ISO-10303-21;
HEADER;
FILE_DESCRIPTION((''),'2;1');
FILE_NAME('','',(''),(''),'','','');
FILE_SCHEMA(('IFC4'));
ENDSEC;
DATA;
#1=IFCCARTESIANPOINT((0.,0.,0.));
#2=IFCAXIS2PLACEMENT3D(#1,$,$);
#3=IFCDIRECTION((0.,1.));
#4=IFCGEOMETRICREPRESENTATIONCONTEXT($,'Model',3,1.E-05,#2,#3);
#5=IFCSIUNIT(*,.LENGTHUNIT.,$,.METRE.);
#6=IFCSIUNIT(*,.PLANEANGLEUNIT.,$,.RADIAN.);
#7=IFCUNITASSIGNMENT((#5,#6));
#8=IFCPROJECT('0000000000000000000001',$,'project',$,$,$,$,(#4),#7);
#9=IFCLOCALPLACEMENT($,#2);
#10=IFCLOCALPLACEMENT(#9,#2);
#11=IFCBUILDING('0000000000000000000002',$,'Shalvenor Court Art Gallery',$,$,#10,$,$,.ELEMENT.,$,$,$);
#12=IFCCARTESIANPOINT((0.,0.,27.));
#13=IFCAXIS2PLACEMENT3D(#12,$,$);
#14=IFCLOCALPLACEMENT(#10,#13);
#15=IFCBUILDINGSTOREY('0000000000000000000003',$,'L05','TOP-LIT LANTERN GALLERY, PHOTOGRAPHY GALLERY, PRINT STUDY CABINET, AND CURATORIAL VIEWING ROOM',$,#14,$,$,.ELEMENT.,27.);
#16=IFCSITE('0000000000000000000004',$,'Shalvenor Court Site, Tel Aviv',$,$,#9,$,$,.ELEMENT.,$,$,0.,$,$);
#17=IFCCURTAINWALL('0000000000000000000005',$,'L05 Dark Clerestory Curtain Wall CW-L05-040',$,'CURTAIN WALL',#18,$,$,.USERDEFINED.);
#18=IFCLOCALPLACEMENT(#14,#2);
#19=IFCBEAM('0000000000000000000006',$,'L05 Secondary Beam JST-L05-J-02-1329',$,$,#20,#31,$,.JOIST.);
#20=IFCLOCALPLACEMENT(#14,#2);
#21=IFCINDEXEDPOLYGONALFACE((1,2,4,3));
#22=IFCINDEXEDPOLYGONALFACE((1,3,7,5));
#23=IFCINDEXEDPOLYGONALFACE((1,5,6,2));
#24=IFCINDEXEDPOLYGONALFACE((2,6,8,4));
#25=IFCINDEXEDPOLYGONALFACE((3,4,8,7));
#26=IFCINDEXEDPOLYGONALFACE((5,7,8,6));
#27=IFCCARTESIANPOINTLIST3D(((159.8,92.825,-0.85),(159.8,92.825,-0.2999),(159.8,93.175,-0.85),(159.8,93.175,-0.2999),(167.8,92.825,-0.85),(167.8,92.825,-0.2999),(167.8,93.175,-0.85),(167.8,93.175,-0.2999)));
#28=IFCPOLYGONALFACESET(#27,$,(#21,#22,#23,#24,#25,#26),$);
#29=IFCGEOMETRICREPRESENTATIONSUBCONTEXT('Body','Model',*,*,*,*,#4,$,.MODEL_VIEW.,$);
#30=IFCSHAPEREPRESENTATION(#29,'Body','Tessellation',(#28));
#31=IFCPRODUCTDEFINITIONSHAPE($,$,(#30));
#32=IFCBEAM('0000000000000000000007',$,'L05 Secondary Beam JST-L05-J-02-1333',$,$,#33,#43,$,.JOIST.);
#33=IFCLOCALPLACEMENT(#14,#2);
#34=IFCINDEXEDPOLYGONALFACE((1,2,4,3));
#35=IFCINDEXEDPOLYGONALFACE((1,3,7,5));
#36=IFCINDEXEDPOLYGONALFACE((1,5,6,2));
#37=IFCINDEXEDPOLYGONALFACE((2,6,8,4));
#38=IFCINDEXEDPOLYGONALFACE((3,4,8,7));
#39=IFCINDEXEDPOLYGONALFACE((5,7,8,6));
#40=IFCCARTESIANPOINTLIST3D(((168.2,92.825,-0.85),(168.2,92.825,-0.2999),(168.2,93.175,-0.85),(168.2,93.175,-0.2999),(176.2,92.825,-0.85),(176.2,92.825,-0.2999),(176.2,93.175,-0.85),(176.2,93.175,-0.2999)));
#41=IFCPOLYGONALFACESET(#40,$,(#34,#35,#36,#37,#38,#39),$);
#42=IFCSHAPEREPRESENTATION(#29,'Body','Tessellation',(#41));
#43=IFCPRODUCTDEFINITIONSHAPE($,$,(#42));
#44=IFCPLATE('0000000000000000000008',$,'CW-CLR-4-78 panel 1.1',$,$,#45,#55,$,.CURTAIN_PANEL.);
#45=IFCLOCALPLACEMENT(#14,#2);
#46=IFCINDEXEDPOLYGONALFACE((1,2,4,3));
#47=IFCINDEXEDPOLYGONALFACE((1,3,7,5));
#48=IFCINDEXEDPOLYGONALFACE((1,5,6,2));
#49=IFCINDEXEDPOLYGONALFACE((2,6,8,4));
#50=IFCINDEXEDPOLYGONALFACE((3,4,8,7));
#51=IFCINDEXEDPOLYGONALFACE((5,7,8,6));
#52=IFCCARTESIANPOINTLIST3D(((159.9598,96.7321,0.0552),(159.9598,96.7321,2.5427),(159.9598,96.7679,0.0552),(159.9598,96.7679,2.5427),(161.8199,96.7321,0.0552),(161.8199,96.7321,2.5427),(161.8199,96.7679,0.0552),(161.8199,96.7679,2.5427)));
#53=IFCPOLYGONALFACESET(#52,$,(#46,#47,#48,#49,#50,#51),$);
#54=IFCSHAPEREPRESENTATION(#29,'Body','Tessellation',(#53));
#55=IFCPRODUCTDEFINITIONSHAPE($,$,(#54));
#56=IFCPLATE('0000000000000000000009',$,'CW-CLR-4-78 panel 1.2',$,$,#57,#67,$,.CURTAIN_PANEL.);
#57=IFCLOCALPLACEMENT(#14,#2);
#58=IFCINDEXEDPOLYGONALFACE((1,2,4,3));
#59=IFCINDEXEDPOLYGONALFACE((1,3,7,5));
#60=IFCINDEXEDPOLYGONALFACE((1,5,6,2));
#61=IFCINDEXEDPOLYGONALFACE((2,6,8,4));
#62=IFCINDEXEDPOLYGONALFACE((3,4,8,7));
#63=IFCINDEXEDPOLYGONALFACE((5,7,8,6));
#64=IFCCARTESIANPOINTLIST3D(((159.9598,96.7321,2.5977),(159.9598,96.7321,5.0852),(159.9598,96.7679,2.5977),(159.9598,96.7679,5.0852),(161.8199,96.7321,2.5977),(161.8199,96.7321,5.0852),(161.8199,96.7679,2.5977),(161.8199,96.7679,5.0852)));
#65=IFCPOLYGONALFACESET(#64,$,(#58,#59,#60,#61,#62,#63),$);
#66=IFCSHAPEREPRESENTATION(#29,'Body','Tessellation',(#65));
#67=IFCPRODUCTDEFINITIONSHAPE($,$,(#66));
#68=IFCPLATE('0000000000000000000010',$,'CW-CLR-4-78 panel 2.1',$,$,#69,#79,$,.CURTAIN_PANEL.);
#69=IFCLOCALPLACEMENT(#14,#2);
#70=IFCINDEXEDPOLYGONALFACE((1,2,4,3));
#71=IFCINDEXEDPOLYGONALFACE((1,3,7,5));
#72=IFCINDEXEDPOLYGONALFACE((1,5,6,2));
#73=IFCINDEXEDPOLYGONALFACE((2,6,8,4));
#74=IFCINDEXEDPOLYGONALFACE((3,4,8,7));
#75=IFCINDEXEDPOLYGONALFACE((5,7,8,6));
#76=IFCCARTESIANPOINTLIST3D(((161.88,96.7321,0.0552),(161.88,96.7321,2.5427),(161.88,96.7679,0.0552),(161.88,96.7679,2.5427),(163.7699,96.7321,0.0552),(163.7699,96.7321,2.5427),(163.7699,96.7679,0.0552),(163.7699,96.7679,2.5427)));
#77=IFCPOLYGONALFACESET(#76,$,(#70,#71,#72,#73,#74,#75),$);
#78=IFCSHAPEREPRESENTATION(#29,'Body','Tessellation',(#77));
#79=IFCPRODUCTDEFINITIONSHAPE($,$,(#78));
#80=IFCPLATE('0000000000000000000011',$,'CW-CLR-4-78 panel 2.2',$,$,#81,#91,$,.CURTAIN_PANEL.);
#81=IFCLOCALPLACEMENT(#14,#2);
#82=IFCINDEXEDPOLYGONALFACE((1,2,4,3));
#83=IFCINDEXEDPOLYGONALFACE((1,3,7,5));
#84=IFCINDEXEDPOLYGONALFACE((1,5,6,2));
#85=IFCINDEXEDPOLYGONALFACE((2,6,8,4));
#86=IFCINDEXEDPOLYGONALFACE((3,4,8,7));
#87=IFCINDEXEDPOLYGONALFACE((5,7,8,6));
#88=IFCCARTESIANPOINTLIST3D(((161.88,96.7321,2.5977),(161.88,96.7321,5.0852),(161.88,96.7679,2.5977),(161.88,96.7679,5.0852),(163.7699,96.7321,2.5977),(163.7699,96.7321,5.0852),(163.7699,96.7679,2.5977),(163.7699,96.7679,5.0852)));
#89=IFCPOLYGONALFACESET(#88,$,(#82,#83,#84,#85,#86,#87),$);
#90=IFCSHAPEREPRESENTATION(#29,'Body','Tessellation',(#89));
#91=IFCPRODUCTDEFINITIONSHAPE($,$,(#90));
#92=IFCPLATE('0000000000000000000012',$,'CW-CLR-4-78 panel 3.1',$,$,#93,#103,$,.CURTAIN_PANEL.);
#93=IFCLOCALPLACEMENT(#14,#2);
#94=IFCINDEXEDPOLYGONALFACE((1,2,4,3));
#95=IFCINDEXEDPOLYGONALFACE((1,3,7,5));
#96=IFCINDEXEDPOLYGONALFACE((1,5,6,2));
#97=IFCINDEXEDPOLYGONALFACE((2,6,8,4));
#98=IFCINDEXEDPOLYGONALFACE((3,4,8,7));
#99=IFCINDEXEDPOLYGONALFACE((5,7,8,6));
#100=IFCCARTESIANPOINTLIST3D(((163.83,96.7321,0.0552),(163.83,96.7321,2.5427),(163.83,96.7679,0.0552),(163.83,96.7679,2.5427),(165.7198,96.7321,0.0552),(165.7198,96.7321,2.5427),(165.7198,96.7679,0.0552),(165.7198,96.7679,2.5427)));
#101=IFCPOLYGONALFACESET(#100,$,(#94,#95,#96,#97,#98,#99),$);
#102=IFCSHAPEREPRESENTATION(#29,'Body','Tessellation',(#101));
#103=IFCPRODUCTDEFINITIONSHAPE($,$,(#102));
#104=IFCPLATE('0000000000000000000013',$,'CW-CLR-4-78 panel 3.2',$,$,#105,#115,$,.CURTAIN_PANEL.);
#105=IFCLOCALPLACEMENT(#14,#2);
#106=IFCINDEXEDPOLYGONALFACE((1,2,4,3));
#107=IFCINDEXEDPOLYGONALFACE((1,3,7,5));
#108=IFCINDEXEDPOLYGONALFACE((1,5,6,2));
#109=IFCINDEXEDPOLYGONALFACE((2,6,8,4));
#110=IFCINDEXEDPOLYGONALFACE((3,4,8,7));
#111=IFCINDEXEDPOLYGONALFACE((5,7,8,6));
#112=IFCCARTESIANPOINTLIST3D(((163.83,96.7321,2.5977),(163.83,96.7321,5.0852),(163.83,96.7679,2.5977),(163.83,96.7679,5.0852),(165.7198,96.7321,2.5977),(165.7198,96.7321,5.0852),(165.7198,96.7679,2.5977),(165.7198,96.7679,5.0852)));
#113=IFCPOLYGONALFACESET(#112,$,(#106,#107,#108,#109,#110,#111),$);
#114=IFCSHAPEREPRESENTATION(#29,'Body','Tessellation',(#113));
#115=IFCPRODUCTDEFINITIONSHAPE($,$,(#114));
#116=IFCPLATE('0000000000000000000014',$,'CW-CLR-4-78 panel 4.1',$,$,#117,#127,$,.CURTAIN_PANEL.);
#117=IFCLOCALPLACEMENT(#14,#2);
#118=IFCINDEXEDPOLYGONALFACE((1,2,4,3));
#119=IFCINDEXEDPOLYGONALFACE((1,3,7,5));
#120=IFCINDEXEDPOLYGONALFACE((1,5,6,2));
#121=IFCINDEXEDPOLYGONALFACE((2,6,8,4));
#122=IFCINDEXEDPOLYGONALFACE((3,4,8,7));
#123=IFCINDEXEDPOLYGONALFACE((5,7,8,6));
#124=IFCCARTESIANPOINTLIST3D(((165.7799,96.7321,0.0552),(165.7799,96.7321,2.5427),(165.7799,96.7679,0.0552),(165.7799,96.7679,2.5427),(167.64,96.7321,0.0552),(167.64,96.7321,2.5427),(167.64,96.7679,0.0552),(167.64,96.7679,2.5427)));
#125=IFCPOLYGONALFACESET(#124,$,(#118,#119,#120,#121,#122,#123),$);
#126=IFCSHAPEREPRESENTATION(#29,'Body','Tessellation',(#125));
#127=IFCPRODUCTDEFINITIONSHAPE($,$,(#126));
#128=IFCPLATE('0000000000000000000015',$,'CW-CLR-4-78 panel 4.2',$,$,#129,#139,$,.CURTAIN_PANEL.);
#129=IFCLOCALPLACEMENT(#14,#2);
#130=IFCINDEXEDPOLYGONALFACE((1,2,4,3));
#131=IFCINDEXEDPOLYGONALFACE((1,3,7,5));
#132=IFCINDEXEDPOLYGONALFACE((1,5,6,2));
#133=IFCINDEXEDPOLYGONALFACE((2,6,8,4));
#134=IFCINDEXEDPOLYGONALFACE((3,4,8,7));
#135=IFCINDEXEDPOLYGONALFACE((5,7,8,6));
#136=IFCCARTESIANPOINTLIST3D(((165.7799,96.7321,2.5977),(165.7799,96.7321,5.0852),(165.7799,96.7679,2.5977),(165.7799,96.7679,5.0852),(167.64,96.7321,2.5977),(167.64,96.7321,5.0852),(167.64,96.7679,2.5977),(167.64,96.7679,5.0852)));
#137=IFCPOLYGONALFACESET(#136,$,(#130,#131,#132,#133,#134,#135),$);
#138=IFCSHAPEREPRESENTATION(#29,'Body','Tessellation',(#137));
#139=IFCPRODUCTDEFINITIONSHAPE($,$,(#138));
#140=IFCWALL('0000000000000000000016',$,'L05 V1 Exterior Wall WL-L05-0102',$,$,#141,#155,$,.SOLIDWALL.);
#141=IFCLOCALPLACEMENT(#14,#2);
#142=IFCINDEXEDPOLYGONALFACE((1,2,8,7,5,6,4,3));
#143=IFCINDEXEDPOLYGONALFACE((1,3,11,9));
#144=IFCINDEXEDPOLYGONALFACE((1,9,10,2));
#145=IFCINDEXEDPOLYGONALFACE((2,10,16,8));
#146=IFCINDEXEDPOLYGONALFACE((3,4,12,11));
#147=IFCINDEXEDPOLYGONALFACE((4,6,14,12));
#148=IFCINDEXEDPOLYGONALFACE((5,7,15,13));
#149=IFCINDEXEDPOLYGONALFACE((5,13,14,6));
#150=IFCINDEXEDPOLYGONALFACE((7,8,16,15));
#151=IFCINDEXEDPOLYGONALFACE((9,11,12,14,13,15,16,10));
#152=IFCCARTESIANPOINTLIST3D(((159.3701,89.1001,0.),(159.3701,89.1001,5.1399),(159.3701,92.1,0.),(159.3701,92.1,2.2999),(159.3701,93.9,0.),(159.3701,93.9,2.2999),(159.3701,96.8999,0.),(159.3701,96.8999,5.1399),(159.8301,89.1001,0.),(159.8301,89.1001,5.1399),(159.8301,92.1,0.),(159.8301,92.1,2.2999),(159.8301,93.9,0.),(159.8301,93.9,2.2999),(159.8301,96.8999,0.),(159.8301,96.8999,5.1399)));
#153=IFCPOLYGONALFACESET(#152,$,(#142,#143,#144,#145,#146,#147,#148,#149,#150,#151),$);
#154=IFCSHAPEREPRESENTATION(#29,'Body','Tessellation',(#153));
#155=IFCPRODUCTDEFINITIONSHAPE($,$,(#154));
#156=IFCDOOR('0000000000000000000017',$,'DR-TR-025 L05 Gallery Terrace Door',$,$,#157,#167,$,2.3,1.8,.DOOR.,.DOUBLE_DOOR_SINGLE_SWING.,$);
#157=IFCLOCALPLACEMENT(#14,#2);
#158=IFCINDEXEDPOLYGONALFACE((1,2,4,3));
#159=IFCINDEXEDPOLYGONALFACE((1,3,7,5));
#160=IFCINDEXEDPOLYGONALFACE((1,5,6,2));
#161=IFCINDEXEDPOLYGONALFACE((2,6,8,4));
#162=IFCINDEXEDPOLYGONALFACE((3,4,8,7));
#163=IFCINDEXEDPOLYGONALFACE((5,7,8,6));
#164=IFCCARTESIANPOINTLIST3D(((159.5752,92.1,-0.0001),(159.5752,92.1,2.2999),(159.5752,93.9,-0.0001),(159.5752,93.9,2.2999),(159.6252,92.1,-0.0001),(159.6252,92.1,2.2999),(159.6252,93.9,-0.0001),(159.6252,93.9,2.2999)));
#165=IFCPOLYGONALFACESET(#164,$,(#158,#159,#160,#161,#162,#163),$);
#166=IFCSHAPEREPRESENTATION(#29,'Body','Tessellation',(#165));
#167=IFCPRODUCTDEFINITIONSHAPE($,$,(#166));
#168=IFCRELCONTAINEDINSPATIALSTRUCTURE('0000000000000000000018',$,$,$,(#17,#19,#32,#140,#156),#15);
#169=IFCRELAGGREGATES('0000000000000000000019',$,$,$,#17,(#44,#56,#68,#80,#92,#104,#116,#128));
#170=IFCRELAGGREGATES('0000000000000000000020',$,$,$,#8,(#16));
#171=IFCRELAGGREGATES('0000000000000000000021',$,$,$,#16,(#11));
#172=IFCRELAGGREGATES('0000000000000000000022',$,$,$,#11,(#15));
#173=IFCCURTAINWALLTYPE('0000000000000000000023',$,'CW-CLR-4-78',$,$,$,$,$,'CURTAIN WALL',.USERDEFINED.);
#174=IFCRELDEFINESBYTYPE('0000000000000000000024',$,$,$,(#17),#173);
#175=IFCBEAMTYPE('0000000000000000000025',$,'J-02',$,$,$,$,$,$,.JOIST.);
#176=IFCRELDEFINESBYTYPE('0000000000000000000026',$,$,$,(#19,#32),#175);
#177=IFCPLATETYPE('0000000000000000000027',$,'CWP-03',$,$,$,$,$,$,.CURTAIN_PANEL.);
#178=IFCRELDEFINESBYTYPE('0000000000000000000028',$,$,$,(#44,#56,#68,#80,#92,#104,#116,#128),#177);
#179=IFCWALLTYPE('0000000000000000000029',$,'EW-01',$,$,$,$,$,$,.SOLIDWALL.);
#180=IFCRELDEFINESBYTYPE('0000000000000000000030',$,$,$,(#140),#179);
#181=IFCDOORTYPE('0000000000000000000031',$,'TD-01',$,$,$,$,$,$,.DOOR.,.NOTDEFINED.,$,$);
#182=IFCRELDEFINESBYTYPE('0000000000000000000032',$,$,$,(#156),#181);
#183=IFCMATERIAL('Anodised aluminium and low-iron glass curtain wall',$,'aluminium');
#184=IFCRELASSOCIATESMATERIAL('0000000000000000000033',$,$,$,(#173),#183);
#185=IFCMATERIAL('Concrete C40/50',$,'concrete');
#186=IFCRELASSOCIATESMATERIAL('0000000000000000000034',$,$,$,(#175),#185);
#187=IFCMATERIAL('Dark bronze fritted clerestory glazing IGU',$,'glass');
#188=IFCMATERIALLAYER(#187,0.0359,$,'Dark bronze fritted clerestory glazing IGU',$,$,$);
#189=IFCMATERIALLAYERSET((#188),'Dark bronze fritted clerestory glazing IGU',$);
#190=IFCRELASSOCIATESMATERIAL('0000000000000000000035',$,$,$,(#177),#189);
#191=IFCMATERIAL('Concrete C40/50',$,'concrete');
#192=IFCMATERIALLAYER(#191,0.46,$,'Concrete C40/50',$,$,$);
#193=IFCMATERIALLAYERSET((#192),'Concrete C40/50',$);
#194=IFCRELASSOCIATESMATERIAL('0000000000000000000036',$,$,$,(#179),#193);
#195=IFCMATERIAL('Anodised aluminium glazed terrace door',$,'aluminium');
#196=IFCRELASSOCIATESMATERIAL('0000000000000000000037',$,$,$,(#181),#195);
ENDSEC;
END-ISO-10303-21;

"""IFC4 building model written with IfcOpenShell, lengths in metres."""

from ifc_helpers import new_model, si_unit, direction, frame, frame_2d, origin, origin_2d, place, context, subcontext, project, spatial, rectangle, extrude, material, layer, layer_set, material_profile, profile_set, type_object, element, fill, aggregate, save


model = new_model("IFC4")

# Units and contexts
model_context = context("Model", 3, precision=1e-05, world=origin(), true_north=direction((0.0, 1.0)))
body_context = subcontext(model_context, "Body", "Model", "MODEL_VIEW")
ifc_project = project(units=[si_unit("LENGTHUNIT", "METRE"), si_unit("PLANEANGLEUNIT", "RADIAN")], contexts=[model_context])

# Site, building, storey
site_placement = place(None, origin())
site = spatial("IfcSite", under=ifc_project, at=site_placement, Name="Shalvenor Court Site, Tel Aviv", CompositionType="ELEMENT", RefElevation=0.0)
building_placement = place(site_placement, origin())
building = spatial("IfcBuilding", under=site, at=building_placement, Name="Shalvenor Court Art Gallery", CompositionType="ELEMENT")
storey_placement = place(building_placement, frame((0.0, 0.0, 27.0)))
storey = spatial("IfcBuildingStorey", under=building, at=storey_placement, Name="L05", Description="TOP-LIT LANTERN GALLERY, PHOTOGRAPHY GALLERY, PRINT STUDY CABINET, AND CURATORIAL VIEWING ROOM", CompositionType="ELEMENT", Elevation=27.0)

# Curtain wall
ifc_material_1 = material(Name="Anodised aluminium and low-iron glass curtain wall", Category="aluminium")
curtain_wall_type = type_object("IfcCurtainWallType", Name="CW-CLR-4-78", ElementType="CURTAIN WALL", PredefinedType="USERDEFINED", material=ifc_material_1)
curtain_wall_placement = place(storey_placement, origin())
curtain_wall = element("IfcCurtainWall", 1, at=curtain_wall_placement, inside=storey, type_object=curtain_wall_type, Name="L05 Dark Clerestory Curtain Wall CW-L05-040", ObjectType="CURTAIN WALL", PredefinedType="USERDEFINED")

# Beams
ifc_material_2 = material(Name="Concrete C40/50", Category="concrete")
ifc_material_profile_1 = material_profile(ifc_material_2, rectangle(XDim=0.3501, YDim=0.55, at=origin_2d()), Name="RC 350x550")
ifc_profile_set_1 = profile_set([ifc_material_profile_1], Name="Concrete C40/50")
beam_type_1 = type_object("IfcBeamType", Name="J-02", PredefinedType="JOIST", material=ifc_profile_set_1)
for number, where, z_axis, x_axis, name in (
    (2, (159.8, 93.0, -0.575), (1.0, 0.0, 0.0), (0.0, 1.0, 0.0), "L05 Secondary Beam JST-L05-J-02-1329"),
    (3, (168.2, 93.0, -0.575), (1.0, 0.0, 0.0), (0.0, 1.0, 0.0), "L05 Secondary Beam JST-L05-J-02-1333"),
):
    element("IfcBeam", number, at=place(storey_placement, frame(where, z_axis=z_axis, x_axis=x_axis)), inside=storey, type_object=beam_type_1, Name=name, PredefinedType="JOIST", context=body_context, shape_type="SweptSolid", body=[
        extrude(rectangle(XDim=0.3501, YDim=0.55, at=origin_2d()), origin(), (0.0, 0.0, 1.0), 8.0),
    ])

# Plates
ifc_material_3 = material(Name="Dark bronze fritted clerestory glazing IGU", Category="glass")
ifc_layer_1 = layer(ifc_material_3, 0.0359, Name="Dark bronze fritted clerestory glazing IGU")
ifc_layer_set_1 = layer_set([ifc_layer_1], Name="Dark bronze fritted clerestory glazing IGU")
plate_type = type_object("IfcPlateType", Name="CWP-03", PredefinedType="CURTAIN_PANEL", material=ifc_layer_set_1)
plate_1_placement = place(storey_placement, frame((160.8899, 96.75, 0.0552), z_axis=(0.0, 0.0, 1.0), x_axis=(1.0, 0.0, 0.0)))
plate_1 = element("IfcPlate", 4, at=plate_1_placement, type_object=plate_type, Name="CW-CLR-4-78 panel 1.1", PredefinedType="CURTAIN_PANEL", context=body_context, shape_type="SweptSolid", body=[
    extrude(rectangle(XDim=1.8601, YDim=0.0359, at=origin_2d()), origin(), (0.0, 0.0, 1.0), 2.4875),
])
plate_2_placement = place(storey_placement, frame((160.8899, 96.75, 2.5977), z_axis=(0.0, 0.0, 1.0), x_axis=(1.0, 0.0, 0.0)))
plate_2 = element("IfcPlate", 5, at=plate_2_placement, type_object=plate_type, Name="CW-CLR-4-78 panel 1.2", PredefinedType="CURTAIN_PANEL", context=body_context, shape_type="SweptSolid", body=[
    extrude(rectangle(XDim=1.8601, YDim=0.0359, at=origin_2d()), origin(), (0.0, 0.0, 1.0), 2.4875),
])
plate_3_placement = place(storey_placement, frame((162.825, 96.75, 0.0552), z_axis=(0.0, 0.0, 1.0), x_axis=(1.0, 0.0, 0.0)))
plate_3 = element("IfcPlate", 6, at=plate_3_placement, type_object=plate_type, Name="CW-CLR-4-78 panel 2.1", PredefinedType="CURTAIN_PANEL", context=body_context, shape_type="SweptSolid", body=[
    extrude(rectangle(XDim=1.8899, YDim=0.0359, at=origin_2d()), origin(), (0.0, 0.0, 1.0), 2.4875),
])
plate_4_placement = place(storey_placement, frame((162.825, 96.75, 2.5977), z_axis=(0.0, 0.0, 1.0), x_axis=(1.0, 0.0, 0.0)))
plate_4 = element("IfcPlate", 7, at=plate_4_placement, type_object=plate_type, Name="CW-CLR-4-78 panel 2.2", PredefinedType="CURTAIN_PANEL", context=body_context, shape_type="SweptSolid", body=[
    extrude(rectangle(XDim=1.8899, YDim=0.0359, at=origin_2d()), origin(), (0.0, 0.0, 1.0), 2.4875),
])
plate_5_placement = place(storey_placement, frame((164.7749, 96.75, 0.0552), z_axis=(0.0, 0.0, 1.0), x_axis=(1.0, 0.0, 0.0)))
plate_5 = element("IfcPlate", 8, at=plate_5_placement, type_object=plate_type, Name="CW-CLR-4-78 panel 3.1", PredefinedType="CURTAIN_PANEL", context=body_context, shape_type="SweptSolid", body=[
    extrude(rectangle(XDim=1.8899, YDim=0.0359, at=origin_2d()), origin(), (0.0, 0.0, 1.0), 2.4875),
])
plate_6_placement = place(storey_placement, frame((164.7749, 96.75, 2.5977), z_axis=(0.0, 0.0, 1.0), x_axis=(1.0, 0.0, 0.0)))
plate_6 = element("IfcPlate", 9, at=plate_6_placement, type_object=plate_type, Name="CW-CLR-4-78 panel 3.2", PredefinedType="CURTAIN_PANEL", context=body_context, shape_type="SweptSolid", body=[
    extrude(rectangle(XDim=1.8899, YDim=0.0359, at=origin_2d()), origin(), (0.0, 0.0, 1.0), 2.4875),
])
plate_7_placement = place(storey_placement, frame((166.71, 96.75, 0.0552), z_axis=(0.0, 0.0, 1.0), x_axis=(1.0, 0.0, 0.0)))
plate_7 = element("IfcPlate", 10, at=plate_7_placement, type_object=plate_type, Name="CW-CLR-4-78 panel 4.1", PredefinedType="CURTAIN_PANEL", context=body_context, shape_type="SweptSolid", body=[
    extrude(rectangle(XDim=1.8601, YDim=0.0359, at=origin_2d()), origin(), (0.0, 0.0, 1.0), 2.4875),
])
plate_8_placement = place(storey_placement, frame((166.71, 96.75, 2.5977), z_axis=(0.0, 0.0, 1.0), x_axis=(1.0, 0.0, 0.0)))
plate_8 = element("IfcPlate", 11, at=plate_8_placement, type_object=plate_type, Name="CW-CLR-4-78 panel 4.2", PredefinedType="CURTAIN_PANEL", context=body_context, shape_type="SweptSolid", body=[
    extrude(rectangle(XDim=1.8601, YDim=0.0359, at=origin_2d()), origin(), (0.0, 0.0, 1.0), 2.4875),
])
aggregate(curtain_wall, [plate_1, plate_2, plate_3, plate_4, plate_5, plate_6, plate_7, plate_8])

# Wall, opening, door
ifc_material_4 = material(Name="Concrete C40/50", Category="concrete")
ifc_layer_2 = layer(ifc_material_4, 0.46, Name="Concrete C40/50")
ifc_layer_set_2 = layer_set([ifc_layer_2], Name="Concrete C40/50")
wall_type = type_object("IfcWallType", Name="EW-01", PredefinedType="SOLIDWALL", material=ifc_layer_set_2)
wall_placement = place(storey_placement, frame((159.6001, 89.1001, 0.0), z_axis=(0.0, 0.0, 1.0), x_axis=(0.0, 1.0, 0.0)))
wall = element("IfcWall", 12, at=wall_placement, inside=storey, type_object=wall_type, Name="L05 V1 Exterior Wall WL-L05-0102", PredefinedType="SOLIDWALL", context=body_context, shape_type="SweptSolid", body=[
    extrude(rectangle(XDim=7.7998, YDim=0.46, at=frame_2d((3.8999, 0.0))), origin(), (0.0, 0.0, 1.0), 5.1399),
])
opening_placement = place(wall_placement, frame((3.0, 0.0, 0.0)))
opening = element("IfcOpeningElement", 13, at=opening_placement, cuts=wall, PredefinedType="OPENING", context=body_context, shape_type="SweptSolid", body=[
    extrude(rectangle(XDim=1.8, YDim=2.3, at=frame_2d((0.8999, 1.1499))), frame((0.0, 0.24, 0.0), z_axis=(0.0, -1.0, 0.0), x_axis=(1.0, 0.0, 0.0)), (0.0, 0.0, 1.0), 0.48),
])
ifc_material_5 = material(Name="Anodised aluminium glazed terrace door", Category="aluminium")
door_type = type_object("IfcDoorType", Name="TD-01", OperationType="NOTDEFINED", PredefinedType="DOOR", material=ifc_material_5)
door_placement = place(opening_placement, origin())
door = element("IfcDoor", 14, at=door_placement, inside=storey, type_object=door_type, Name="DR-TR-025 L05 Gallery Terrace Door", OperationType="DOUBLE_DOOR_SINGLE_SWING", OverallHeight=2.3, OverallWidth=1.8, PredefinedType="DOOR", context=body_context, shape_type="SweptSolid", body=[
    extrude(rectangle(XDim=1.8, YDim=2.3, at=frame_2d((0.8999, 1.1499))), frame((0.0, 0.0249, 0.0), z_axis=(0.0, -1.0, 0.0), x_axis=(1.0, 0.0, 0.0)), (0.0, 0.0, 1.0), 0.05),
])
fill(opening, door)

save(model, "model.ifc")
